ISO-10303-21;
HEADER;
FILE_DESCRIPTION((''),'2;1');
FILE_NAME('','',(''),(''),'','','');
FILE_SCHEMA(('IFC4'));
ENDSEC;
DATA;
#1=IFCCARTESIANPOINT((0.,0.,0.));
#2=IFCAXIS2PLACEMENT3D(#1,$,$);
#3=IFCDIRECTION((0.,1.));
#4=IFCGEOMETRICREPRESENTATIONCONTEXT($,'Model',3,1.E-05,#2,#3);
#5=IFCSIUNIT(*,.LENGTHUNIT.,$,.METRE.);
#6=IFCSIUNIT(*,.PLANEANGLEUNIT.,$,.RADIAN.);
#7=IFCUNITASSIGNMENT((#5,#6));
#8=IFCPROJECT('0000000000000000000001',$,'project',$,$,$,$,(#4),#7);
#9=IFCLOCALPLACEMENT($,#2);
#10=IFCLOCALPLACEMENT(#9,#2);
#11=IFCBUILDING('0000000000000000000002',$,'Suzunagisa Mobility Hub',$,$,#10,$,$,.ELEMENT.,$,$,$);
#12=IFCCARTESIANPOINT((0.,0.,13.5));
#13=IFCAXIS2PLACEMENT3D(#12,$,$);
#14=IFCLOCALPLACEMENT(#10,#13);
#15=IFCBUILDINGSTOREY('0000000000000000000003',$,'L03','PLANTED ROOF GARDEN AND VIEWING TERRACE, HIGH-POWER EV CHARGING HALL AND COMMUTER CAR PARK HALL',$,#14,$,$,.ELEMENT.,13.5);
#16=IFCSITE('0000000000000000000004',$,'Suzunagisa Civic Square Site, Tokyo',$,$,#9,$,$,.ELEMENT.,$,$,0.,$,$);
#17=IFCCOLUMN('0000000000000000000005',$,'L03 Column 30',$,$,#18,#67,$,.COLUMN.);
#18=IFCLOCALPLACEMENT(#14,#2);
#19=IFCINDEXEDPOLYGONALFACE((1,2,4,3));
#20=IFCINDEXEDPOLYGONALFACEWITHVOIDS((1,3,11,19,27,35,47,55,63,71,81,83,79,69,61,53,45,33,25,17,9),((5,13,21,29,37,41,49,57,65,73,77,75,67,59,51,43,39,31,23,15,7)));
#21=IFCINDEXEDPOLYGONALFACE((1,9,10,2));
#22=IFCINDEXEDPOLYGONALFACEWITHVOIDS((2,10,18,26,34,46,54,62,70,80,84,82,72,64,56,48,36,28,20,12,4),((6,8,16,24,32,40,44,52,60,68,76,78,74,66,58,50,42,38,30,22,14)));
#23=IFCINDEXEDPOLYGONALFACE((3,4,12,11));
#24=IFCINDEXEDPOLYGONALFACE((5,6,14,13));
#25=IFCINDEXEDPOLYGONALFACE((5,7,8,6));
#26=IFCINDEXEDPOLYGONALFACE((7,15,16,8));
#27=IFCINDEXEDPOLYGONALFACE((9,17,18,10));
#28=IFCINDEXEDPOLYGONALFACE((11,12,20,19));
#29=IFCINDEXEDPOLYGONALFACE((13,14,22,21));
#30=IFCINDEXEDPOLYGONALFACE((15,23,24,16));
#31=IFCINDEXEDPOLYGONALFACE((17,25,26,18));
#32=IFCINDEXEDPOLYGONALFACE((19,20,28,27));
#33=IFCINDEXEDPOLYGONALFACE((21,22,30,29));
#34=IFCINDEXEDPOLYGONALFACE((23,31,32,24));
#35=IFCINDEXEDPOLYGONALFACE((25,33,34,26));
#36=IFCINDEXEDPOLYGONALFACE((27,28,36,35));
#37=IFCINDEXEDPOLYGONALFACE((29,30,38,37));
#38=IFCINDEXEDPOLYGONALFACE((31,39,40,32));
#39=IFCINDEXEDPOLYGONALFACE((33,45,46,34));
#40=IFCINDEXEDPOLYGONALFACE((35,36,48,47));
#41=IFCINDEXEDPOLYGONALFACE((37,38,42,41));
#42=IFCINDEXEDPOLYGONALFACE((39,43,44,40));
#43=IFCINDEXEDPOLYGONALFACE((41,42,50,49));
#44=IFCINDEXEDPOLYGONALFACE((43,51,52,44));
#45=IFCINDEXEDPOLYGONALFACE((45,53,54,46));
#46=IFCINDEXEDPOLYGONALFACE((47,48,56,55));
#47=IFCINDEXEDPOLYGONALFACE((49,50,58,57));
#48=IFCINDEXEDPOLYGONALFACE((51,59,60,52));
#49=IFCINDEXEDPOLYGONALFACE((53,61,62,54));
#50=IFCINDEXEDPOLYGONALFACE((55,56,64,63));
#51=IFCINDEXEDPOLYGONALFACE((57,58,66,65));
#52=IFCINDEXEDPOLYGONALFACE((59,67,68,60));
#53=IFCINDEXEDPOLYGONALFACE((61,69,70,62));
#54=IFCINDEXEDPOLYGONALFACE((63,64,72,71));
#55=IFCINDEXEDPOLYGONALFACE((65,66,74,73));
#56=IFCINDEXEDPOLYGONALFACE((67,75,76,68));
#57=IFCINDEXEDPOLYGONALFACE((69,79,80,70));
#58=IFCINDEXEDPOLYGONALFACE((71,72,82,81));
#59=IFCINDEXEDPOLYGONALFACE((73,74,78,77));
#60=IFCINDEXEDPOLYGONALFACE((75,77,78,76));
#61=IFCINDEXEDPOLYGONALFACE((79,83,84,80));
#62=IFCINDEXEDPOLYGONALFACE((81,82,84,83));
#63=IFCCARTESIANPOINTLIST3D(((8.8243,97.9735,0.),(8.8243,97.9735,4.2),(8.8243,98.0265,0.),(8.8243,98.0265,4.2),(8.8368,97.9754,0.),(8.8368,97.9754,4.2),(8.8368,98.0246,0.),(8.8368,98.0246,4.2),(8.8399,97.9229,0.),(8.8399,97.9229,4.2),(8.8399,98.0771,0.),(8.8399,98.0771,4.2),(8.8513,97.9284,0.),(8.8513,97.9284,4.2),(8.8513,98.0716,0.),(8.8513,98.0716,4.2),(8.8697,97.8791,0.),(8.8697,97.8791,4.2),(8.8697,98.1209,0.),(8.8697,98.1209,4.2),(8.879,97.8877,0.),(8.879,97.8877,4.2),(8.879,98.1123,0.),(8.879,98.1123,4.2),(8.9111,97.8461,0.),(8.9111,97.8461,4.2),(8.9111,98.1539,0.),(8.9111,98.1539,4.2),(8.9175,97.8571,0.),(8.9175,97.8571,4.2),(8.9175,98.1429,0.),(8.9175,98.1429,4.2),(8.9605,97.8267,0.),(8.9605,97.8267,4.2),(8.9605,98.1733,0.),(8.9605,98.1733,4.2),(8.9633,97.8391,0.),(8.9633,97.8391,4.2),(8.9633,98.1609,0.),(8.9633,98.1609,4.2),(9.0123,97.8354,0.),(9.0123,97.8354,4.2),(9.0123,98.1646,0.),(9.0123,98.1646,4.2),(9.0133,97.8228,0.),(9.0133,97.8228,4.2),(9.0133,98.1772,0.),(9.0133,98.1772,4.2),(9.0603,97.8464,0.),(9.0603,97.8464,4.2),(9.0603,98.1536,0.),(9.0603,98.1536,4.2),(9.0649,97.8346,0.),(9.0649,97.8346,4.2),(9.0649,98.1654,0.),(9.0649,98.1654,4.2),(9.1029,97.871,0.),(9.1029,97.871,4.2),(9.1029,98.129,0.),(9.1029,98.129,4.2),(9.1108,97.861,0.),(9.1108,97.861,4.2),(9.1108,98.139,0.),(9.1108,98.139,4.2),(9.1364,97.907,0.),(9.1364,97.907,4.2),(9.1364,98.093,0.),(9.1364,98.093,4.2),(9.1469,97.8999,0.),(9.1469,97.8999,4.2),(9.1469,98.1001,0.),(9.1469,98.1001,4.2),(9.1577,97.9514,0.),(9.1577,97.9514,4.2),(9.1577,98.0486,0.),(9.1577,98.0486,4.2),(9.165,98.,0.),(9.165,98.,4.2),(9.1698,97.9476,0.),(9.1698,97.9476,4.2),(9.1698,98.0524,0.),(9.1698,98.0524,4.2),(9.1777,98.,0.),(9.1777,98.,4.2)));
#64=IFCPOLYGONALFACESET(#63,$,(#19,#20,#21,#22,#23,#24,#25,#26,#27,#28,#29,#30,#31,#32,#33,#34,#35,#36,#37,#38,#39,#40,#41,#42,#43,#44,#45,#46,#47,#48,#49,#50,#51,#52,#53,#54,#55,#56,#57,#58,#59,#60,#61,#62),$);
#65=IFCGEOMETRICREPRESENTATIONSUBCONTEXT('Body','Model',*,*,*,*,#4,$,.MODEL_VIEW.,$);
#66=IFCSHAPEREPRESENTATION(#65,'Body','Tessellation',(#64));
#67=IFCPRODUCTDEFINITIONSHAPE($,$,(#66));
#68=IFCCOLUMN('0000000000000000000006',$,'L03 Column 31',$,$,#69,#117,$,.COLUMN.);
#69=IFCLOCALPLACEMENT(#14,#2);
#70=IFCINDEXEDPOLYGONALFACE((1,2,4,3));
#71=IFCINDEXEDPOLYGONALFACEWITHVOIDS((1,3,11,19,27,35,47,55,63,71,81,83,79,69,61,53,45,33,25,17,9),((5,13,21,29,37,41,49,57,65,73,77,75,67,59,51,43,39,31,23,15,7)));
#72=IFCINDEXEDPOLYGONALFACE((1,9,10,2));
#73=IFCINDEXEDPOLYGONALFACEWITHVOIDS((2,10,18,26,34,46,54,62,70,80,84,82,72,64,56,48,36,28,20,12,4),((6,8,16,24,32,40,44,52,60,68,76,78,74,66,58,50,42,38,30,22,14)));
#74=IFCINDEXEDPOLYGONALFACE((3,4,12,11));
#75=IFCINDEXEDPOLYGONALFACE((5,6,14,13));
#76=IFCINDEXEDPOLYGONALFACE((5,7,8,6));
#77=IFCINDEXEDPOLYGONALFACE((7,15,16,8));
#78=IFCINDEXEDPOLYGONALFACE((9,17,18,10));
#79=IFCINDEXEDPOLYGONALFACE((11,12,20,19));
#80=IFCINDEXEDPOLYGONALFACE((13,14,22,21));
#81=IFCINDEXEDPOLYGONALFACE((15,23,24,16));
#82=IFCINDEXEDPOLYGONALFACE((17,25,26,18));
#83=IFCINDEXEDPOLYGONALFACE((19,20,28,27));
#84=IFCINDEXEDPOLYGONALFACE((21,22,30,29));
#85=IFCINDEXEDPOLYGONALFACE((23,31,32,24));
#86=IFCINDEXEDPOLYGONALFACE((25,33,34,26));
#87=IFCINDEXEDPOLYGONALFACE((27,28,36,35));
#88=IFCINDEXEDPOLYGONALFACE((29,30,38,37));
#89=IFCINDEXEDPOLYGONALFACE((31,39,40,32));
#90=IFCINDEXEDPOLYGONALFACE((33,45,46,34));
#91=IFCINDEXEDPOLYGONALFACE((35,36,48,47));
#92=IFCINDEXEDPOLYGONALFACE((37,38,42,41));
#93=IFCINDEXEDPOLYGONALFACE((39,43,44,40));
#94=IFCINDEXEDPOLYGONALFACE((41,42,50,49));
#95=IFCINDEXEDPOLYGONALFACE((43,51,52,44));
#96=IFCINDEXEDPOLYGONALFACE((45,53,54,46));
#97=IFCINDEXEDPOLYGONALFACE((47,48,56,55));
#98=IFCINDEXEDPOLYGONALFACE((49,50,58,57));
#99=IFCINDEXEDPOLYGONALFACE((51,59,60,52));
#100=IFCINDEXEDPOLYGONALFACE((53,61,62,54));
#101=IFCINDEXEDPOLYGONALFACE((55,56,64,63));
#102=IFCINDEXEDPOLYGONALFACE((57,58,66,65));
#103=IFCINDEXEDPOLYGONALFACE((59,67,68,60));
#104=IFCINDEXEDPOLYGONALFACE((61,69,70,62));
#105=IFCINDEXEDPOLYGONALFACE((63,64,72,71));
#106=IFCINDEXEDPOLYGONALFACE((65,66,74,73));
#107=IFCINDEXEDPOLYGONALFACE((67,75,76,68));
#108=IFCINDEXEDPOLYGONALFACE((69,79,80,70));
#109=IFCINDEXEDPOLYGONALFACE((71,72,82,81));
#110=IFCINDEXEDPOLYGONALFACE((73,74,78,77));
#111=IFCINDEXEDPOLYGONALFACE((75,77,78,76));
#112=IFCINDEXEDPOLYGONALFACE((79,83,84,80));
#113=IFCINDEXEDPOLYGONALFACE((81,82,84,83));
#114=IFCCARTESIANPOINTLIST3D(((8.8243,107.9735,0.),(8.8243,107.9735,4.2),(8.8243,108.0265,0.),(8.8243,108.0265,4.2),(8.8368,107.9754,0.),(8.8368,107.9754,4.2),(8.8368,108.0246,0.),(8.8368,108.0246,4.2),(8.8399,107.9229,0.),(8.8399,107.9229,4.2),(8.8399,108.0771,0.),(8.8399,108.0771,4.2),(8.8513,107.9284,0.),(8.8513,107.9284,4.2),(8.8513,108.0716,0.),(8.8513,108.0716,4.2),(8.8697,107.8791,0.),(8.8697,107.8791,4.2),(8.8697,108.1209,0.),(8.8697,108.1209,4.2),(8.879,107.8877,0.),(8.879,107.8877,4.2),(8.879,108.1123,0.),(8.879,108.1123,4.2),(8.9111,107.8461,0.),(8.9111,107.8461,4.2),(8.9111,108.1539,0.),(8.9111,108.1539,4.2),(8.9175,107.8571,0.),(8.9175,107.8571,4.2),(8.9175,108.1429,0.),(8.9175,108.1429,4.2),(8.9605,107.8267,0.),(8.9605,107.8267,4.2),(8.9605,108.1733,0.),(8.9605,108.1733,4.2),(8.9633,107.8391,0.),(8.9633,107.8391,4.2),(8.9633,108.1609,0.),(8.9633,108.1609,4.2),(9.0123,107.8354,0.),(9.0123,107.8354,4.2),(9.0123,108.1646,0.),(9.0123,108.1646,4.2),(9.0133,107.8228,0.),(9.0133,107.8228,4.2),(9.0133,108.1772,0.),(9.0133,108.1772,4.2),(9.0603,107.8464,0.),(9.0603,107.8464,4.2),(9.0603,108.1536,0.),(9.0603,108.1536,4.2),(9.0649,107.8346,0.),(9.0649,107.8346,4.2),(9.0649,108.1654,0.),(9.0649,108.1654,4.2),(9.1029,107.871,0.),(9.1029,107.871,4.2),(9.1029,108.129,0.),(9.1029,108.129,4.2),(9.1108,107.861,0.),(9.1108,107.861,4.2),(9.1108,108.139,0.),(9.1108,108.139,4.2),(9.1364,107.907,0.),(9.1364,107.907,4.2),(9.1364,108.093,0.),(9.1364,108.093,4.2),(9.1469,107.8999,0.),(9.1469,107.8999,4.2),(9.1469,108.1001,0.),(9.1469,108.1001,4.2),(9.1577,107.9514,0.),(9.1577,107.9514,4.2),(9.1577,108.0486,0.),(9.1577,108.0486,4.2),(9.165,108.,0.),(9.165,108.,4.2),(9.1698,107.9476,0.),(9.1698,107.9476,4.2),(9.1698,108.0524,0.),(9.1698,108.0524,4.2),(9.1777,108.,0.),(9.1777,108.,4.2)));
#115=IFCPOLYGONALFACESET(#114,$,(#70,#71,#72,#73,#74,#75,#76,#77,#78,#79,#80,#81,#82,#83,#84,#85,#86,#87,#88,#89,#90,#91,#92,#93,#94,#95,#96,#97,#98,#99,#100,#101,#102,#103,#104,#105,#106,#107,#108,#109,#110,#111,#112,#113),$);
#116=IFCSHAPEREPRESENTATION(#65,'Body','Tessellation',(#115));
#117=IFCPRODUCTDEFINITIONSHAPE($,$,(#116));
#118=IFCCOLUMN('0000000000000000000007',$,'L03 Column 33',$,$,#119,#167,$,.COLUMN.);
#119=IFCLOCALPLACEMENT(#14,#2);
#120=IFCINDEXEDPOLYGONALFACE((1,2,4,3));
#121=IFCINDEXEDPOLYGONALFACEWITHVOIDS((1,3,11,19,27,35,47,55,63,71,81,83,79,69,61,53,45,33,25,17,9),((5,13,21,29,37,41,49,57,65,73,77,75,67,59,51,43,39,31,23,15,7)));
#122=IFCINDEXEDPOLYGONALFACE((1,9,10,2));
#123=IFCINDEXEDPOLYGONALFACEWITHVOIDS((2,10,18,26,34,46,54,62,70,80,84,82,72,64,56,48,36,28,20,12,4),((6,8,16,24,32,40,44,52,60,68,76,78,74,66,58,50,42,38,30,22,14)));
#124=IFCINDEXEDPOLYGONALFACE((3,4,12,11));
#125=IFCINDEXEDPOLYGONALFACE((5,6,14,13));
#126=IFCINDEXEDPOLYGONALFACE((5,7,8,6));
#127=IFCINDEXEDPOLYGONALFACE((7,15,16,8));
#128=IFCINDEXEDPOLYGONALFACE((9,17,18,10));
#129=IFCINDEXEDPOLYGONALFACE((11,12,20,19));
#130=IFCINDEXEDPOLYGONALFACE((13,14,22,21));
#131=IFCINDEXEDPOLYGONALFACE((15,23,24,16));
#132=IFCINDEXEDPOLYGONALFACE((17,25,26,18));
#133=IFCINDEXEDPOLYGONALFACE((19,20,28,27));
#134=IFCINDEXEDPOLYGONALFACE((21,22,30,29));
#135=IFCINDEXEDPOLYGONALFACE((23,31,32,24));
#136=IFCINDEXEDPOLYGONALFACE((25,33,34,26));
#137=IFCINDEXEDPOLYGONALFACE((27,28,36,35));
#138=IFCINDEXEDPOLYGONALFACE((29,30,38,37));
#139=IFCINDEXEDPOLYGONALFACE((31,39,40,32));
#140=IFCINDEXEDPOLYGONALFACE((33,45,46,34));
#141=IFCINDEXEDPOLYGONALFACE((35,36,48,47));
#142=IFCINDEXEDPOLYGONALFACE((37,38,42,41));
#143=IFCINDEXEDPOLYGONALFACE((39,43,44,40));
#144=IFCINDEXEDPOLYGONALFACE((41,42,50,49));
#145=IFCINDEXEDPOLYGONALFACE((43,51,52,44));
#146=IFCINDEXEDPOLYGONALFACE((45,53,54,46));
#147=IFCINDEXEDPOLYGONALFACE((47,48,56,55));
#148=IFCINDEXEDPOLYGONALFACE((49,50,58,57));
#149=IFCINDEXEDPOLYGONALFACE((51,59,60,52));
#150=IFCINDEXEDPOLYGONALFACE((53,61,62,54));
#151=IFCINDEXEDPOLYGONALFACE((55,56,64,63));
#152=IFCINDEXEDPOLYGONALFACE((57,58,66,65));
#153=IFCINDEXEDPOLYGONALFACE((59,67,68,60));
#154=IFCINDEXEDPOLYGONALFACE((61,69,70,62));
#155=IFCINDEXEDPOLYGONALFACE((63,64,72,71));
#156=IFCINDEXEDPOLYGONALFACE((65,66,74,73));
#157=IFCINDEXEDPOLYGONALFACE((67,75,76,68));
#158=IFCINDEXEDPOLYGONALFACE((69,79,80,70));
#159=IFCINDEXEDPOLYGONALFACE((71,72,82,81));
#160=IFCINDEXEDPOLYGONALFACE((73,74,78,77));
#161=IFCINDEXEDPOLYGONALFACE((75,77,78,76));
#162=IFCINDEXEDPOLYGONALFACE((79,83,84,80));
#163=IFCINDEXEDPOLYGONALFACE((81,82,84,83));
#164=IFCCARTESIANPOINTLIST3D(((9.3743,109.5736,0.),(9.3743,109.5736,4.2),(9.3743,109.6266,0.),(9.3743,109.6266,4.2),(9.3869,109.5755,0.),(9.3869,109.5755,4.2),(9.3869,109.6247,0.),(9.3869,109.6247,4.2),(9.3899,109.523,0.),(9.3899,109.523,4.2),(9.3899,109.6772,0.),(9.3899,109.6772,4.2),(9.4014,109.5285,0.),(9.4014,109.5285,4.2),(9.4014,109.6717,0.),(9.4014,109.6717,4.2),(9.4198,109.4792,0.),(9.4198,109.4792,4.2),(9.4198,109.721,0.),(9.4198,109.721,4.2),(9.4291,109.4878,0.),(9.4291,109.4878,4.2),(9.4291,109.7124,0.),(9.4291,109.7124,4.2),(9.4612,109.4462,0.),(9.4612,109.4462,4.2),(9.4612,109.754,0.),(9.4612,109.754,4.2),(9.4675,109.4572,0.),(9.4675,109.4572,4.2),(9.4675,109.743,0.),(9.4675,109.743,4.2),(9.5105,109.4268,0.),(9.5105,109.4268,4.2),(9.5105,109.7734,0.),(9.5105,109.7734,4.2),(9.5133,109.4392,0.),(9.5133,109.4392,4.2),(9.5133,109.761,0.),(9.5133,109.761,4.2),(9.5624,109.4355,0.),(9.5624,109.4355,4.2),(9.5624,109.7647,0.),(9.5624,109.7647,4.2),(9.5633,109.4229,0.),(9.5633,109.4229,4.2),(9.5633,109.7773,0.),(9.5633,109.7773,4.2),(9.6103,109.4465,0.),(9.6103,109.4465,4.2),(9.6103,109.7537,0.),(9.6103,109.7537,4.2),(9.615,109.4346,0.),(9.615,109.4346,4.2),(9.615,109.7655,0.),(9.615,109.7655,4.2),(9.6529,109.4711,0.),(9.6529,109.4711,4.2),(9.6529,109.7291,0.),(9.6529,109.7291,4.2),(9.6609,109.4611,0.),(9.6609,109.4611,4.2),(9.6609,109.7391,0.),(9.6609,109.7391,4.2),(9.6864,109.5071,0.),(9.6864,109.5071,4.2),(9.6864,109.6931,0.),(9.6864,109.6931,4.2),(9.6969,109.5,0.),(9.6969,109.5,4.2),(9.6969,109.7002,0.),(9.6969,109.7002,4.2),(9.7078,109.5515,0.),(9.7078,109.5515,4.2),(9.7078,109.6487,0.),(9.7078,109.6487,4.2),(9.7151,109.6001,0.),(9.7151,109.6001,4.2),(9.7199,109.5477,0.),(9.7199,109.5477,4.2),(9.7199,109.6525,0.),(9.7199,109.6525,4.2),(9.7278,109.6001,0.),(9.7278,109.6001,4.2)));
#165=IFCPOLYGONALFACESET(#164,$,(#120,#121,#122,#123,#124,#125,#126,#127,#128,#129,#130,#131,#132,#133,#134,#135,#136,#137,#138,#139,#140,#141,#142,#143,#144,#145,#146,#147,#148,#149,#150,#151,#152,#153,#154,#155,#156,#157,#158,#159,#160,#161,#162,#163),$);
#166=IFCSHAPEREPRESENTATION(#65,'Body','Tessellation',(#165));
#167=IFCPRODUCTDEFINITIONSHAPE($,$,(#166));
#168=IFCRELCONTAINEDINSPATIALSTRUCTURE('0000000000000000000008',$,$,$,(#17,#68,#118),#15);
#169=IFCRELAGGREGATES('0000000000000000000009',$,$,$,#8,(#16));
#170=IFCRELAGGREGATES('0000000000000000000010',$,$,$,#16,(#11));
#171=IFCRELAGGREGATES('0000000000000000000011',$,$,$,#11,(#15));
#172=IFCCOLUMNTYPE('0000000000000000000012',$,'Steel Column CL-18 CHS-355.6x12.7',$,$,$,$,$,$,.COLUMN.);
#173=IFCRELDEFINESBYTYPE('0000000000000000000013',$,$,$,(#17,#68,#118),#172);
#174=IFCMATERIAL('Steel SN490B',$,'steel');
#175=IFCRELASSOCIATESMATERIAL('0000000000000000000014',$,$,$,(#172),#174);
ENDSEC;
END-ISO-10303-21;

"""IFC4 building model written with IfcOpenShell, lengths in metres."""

from ifc_helpers import new_model, si_unit, direction, frame, origin, origin_2d, place, context, subcontext, project, spatial, hollow_circle, extrude, material, material_profile, profile_set, type_object, element, save


model = new_model("IFC4")

# Units and contexts
model_context = context("Model", 3, precision=1e-05, world=origin(), true_north=direction((0.0, 1.0)))
body_context = subcontext(model_context, "Body", "Model", "MODEL_VIEW")
ifc_project = project(units=[si_unit("LENGTHUNIT", "METRE"), si_unit("PLANEANGLEUNIT", "RADIAN")], contexts=[model_context])

# Site, building, storey
site_placement = place(None, origin())
site = spatial("IfcSite", under=ifc_project, at=site_placement, Name="Suzunagisa Civic Square Site, Tokyo", CompositionType="ELEMENT", RefElevation=0.0)
building_placement = place(site_placement, origin())
building = spatial("IfcBuilding", under=site, at=building_placement, Name="Suzunagisa Mobility Hub", CompositionType="ELEMENT")
storey_placement = place(building_placement, frame((0.0, 0.0, 13.5)))
storey = spatial("IfcBuildingStorey", under=building, at=storey_placement, Name="L03", Description="PLANTED ROOF GARDEN AND VIEWING TERRACE, HIGH-POWER EV CHARGING HALL AND COMMUTER CAR PARK HALL", CompositionType="ELEMENT", Elevation=13.5)

# Columns
ifc_material_1 = material(Name="Steel SN490B", Category="steel")
ifc_material_profile_1 = material_profile(ifc_material_1, hollow_circle(Radius=0.1777, WallThickness=0.0127, at=origin_2d()), Name="CHS-355.6x12.7")
ifc_profile_set_1 = profile_set([ifc_material_profile_1], Name="Steel SN490B")
column_type_1 = type_object("IfcColumnType", Name="Steel Column CL-18 CHS-355.6x12.7", PredefinedType="COLUMN", material=ifc_profile_set_1)
for number, where, z_axis, x_axis, name in (
    (1, (9.0, 98.0, 0.0), (0.0, 0.0, 1.0), (1.0, 0.0, 0.0), "L03 Column 30"),
    (2, (9.0, 108.0, 0.0), (0.0, 0.0, 1.0), (1.0, 0.0, 0.0), "L03 Column 31"),
    (3, (9.55, 109.6001, 0.0), (0.0, 0.0, 1.0), (1.0, 0.0, 0.0), "L03 Column 33"),
):
    element("IfcColumn", number, at=place(storey_placement, frame(where, z_axis=z_axis, x_axis=x_axis)), inside=storey, type_object=column_type_1, Name=name, PredefinedType="COLUMN", context=body_context, shape_type="SweptSolid", body=[
        extrude(hollow_circle(Radius=0.1777, WallThickness=0.0127, at=origin_2d()), origin(), (0.0, 0.0, 1.0), 4.2),
    ])

save(model, "model.ifc")
